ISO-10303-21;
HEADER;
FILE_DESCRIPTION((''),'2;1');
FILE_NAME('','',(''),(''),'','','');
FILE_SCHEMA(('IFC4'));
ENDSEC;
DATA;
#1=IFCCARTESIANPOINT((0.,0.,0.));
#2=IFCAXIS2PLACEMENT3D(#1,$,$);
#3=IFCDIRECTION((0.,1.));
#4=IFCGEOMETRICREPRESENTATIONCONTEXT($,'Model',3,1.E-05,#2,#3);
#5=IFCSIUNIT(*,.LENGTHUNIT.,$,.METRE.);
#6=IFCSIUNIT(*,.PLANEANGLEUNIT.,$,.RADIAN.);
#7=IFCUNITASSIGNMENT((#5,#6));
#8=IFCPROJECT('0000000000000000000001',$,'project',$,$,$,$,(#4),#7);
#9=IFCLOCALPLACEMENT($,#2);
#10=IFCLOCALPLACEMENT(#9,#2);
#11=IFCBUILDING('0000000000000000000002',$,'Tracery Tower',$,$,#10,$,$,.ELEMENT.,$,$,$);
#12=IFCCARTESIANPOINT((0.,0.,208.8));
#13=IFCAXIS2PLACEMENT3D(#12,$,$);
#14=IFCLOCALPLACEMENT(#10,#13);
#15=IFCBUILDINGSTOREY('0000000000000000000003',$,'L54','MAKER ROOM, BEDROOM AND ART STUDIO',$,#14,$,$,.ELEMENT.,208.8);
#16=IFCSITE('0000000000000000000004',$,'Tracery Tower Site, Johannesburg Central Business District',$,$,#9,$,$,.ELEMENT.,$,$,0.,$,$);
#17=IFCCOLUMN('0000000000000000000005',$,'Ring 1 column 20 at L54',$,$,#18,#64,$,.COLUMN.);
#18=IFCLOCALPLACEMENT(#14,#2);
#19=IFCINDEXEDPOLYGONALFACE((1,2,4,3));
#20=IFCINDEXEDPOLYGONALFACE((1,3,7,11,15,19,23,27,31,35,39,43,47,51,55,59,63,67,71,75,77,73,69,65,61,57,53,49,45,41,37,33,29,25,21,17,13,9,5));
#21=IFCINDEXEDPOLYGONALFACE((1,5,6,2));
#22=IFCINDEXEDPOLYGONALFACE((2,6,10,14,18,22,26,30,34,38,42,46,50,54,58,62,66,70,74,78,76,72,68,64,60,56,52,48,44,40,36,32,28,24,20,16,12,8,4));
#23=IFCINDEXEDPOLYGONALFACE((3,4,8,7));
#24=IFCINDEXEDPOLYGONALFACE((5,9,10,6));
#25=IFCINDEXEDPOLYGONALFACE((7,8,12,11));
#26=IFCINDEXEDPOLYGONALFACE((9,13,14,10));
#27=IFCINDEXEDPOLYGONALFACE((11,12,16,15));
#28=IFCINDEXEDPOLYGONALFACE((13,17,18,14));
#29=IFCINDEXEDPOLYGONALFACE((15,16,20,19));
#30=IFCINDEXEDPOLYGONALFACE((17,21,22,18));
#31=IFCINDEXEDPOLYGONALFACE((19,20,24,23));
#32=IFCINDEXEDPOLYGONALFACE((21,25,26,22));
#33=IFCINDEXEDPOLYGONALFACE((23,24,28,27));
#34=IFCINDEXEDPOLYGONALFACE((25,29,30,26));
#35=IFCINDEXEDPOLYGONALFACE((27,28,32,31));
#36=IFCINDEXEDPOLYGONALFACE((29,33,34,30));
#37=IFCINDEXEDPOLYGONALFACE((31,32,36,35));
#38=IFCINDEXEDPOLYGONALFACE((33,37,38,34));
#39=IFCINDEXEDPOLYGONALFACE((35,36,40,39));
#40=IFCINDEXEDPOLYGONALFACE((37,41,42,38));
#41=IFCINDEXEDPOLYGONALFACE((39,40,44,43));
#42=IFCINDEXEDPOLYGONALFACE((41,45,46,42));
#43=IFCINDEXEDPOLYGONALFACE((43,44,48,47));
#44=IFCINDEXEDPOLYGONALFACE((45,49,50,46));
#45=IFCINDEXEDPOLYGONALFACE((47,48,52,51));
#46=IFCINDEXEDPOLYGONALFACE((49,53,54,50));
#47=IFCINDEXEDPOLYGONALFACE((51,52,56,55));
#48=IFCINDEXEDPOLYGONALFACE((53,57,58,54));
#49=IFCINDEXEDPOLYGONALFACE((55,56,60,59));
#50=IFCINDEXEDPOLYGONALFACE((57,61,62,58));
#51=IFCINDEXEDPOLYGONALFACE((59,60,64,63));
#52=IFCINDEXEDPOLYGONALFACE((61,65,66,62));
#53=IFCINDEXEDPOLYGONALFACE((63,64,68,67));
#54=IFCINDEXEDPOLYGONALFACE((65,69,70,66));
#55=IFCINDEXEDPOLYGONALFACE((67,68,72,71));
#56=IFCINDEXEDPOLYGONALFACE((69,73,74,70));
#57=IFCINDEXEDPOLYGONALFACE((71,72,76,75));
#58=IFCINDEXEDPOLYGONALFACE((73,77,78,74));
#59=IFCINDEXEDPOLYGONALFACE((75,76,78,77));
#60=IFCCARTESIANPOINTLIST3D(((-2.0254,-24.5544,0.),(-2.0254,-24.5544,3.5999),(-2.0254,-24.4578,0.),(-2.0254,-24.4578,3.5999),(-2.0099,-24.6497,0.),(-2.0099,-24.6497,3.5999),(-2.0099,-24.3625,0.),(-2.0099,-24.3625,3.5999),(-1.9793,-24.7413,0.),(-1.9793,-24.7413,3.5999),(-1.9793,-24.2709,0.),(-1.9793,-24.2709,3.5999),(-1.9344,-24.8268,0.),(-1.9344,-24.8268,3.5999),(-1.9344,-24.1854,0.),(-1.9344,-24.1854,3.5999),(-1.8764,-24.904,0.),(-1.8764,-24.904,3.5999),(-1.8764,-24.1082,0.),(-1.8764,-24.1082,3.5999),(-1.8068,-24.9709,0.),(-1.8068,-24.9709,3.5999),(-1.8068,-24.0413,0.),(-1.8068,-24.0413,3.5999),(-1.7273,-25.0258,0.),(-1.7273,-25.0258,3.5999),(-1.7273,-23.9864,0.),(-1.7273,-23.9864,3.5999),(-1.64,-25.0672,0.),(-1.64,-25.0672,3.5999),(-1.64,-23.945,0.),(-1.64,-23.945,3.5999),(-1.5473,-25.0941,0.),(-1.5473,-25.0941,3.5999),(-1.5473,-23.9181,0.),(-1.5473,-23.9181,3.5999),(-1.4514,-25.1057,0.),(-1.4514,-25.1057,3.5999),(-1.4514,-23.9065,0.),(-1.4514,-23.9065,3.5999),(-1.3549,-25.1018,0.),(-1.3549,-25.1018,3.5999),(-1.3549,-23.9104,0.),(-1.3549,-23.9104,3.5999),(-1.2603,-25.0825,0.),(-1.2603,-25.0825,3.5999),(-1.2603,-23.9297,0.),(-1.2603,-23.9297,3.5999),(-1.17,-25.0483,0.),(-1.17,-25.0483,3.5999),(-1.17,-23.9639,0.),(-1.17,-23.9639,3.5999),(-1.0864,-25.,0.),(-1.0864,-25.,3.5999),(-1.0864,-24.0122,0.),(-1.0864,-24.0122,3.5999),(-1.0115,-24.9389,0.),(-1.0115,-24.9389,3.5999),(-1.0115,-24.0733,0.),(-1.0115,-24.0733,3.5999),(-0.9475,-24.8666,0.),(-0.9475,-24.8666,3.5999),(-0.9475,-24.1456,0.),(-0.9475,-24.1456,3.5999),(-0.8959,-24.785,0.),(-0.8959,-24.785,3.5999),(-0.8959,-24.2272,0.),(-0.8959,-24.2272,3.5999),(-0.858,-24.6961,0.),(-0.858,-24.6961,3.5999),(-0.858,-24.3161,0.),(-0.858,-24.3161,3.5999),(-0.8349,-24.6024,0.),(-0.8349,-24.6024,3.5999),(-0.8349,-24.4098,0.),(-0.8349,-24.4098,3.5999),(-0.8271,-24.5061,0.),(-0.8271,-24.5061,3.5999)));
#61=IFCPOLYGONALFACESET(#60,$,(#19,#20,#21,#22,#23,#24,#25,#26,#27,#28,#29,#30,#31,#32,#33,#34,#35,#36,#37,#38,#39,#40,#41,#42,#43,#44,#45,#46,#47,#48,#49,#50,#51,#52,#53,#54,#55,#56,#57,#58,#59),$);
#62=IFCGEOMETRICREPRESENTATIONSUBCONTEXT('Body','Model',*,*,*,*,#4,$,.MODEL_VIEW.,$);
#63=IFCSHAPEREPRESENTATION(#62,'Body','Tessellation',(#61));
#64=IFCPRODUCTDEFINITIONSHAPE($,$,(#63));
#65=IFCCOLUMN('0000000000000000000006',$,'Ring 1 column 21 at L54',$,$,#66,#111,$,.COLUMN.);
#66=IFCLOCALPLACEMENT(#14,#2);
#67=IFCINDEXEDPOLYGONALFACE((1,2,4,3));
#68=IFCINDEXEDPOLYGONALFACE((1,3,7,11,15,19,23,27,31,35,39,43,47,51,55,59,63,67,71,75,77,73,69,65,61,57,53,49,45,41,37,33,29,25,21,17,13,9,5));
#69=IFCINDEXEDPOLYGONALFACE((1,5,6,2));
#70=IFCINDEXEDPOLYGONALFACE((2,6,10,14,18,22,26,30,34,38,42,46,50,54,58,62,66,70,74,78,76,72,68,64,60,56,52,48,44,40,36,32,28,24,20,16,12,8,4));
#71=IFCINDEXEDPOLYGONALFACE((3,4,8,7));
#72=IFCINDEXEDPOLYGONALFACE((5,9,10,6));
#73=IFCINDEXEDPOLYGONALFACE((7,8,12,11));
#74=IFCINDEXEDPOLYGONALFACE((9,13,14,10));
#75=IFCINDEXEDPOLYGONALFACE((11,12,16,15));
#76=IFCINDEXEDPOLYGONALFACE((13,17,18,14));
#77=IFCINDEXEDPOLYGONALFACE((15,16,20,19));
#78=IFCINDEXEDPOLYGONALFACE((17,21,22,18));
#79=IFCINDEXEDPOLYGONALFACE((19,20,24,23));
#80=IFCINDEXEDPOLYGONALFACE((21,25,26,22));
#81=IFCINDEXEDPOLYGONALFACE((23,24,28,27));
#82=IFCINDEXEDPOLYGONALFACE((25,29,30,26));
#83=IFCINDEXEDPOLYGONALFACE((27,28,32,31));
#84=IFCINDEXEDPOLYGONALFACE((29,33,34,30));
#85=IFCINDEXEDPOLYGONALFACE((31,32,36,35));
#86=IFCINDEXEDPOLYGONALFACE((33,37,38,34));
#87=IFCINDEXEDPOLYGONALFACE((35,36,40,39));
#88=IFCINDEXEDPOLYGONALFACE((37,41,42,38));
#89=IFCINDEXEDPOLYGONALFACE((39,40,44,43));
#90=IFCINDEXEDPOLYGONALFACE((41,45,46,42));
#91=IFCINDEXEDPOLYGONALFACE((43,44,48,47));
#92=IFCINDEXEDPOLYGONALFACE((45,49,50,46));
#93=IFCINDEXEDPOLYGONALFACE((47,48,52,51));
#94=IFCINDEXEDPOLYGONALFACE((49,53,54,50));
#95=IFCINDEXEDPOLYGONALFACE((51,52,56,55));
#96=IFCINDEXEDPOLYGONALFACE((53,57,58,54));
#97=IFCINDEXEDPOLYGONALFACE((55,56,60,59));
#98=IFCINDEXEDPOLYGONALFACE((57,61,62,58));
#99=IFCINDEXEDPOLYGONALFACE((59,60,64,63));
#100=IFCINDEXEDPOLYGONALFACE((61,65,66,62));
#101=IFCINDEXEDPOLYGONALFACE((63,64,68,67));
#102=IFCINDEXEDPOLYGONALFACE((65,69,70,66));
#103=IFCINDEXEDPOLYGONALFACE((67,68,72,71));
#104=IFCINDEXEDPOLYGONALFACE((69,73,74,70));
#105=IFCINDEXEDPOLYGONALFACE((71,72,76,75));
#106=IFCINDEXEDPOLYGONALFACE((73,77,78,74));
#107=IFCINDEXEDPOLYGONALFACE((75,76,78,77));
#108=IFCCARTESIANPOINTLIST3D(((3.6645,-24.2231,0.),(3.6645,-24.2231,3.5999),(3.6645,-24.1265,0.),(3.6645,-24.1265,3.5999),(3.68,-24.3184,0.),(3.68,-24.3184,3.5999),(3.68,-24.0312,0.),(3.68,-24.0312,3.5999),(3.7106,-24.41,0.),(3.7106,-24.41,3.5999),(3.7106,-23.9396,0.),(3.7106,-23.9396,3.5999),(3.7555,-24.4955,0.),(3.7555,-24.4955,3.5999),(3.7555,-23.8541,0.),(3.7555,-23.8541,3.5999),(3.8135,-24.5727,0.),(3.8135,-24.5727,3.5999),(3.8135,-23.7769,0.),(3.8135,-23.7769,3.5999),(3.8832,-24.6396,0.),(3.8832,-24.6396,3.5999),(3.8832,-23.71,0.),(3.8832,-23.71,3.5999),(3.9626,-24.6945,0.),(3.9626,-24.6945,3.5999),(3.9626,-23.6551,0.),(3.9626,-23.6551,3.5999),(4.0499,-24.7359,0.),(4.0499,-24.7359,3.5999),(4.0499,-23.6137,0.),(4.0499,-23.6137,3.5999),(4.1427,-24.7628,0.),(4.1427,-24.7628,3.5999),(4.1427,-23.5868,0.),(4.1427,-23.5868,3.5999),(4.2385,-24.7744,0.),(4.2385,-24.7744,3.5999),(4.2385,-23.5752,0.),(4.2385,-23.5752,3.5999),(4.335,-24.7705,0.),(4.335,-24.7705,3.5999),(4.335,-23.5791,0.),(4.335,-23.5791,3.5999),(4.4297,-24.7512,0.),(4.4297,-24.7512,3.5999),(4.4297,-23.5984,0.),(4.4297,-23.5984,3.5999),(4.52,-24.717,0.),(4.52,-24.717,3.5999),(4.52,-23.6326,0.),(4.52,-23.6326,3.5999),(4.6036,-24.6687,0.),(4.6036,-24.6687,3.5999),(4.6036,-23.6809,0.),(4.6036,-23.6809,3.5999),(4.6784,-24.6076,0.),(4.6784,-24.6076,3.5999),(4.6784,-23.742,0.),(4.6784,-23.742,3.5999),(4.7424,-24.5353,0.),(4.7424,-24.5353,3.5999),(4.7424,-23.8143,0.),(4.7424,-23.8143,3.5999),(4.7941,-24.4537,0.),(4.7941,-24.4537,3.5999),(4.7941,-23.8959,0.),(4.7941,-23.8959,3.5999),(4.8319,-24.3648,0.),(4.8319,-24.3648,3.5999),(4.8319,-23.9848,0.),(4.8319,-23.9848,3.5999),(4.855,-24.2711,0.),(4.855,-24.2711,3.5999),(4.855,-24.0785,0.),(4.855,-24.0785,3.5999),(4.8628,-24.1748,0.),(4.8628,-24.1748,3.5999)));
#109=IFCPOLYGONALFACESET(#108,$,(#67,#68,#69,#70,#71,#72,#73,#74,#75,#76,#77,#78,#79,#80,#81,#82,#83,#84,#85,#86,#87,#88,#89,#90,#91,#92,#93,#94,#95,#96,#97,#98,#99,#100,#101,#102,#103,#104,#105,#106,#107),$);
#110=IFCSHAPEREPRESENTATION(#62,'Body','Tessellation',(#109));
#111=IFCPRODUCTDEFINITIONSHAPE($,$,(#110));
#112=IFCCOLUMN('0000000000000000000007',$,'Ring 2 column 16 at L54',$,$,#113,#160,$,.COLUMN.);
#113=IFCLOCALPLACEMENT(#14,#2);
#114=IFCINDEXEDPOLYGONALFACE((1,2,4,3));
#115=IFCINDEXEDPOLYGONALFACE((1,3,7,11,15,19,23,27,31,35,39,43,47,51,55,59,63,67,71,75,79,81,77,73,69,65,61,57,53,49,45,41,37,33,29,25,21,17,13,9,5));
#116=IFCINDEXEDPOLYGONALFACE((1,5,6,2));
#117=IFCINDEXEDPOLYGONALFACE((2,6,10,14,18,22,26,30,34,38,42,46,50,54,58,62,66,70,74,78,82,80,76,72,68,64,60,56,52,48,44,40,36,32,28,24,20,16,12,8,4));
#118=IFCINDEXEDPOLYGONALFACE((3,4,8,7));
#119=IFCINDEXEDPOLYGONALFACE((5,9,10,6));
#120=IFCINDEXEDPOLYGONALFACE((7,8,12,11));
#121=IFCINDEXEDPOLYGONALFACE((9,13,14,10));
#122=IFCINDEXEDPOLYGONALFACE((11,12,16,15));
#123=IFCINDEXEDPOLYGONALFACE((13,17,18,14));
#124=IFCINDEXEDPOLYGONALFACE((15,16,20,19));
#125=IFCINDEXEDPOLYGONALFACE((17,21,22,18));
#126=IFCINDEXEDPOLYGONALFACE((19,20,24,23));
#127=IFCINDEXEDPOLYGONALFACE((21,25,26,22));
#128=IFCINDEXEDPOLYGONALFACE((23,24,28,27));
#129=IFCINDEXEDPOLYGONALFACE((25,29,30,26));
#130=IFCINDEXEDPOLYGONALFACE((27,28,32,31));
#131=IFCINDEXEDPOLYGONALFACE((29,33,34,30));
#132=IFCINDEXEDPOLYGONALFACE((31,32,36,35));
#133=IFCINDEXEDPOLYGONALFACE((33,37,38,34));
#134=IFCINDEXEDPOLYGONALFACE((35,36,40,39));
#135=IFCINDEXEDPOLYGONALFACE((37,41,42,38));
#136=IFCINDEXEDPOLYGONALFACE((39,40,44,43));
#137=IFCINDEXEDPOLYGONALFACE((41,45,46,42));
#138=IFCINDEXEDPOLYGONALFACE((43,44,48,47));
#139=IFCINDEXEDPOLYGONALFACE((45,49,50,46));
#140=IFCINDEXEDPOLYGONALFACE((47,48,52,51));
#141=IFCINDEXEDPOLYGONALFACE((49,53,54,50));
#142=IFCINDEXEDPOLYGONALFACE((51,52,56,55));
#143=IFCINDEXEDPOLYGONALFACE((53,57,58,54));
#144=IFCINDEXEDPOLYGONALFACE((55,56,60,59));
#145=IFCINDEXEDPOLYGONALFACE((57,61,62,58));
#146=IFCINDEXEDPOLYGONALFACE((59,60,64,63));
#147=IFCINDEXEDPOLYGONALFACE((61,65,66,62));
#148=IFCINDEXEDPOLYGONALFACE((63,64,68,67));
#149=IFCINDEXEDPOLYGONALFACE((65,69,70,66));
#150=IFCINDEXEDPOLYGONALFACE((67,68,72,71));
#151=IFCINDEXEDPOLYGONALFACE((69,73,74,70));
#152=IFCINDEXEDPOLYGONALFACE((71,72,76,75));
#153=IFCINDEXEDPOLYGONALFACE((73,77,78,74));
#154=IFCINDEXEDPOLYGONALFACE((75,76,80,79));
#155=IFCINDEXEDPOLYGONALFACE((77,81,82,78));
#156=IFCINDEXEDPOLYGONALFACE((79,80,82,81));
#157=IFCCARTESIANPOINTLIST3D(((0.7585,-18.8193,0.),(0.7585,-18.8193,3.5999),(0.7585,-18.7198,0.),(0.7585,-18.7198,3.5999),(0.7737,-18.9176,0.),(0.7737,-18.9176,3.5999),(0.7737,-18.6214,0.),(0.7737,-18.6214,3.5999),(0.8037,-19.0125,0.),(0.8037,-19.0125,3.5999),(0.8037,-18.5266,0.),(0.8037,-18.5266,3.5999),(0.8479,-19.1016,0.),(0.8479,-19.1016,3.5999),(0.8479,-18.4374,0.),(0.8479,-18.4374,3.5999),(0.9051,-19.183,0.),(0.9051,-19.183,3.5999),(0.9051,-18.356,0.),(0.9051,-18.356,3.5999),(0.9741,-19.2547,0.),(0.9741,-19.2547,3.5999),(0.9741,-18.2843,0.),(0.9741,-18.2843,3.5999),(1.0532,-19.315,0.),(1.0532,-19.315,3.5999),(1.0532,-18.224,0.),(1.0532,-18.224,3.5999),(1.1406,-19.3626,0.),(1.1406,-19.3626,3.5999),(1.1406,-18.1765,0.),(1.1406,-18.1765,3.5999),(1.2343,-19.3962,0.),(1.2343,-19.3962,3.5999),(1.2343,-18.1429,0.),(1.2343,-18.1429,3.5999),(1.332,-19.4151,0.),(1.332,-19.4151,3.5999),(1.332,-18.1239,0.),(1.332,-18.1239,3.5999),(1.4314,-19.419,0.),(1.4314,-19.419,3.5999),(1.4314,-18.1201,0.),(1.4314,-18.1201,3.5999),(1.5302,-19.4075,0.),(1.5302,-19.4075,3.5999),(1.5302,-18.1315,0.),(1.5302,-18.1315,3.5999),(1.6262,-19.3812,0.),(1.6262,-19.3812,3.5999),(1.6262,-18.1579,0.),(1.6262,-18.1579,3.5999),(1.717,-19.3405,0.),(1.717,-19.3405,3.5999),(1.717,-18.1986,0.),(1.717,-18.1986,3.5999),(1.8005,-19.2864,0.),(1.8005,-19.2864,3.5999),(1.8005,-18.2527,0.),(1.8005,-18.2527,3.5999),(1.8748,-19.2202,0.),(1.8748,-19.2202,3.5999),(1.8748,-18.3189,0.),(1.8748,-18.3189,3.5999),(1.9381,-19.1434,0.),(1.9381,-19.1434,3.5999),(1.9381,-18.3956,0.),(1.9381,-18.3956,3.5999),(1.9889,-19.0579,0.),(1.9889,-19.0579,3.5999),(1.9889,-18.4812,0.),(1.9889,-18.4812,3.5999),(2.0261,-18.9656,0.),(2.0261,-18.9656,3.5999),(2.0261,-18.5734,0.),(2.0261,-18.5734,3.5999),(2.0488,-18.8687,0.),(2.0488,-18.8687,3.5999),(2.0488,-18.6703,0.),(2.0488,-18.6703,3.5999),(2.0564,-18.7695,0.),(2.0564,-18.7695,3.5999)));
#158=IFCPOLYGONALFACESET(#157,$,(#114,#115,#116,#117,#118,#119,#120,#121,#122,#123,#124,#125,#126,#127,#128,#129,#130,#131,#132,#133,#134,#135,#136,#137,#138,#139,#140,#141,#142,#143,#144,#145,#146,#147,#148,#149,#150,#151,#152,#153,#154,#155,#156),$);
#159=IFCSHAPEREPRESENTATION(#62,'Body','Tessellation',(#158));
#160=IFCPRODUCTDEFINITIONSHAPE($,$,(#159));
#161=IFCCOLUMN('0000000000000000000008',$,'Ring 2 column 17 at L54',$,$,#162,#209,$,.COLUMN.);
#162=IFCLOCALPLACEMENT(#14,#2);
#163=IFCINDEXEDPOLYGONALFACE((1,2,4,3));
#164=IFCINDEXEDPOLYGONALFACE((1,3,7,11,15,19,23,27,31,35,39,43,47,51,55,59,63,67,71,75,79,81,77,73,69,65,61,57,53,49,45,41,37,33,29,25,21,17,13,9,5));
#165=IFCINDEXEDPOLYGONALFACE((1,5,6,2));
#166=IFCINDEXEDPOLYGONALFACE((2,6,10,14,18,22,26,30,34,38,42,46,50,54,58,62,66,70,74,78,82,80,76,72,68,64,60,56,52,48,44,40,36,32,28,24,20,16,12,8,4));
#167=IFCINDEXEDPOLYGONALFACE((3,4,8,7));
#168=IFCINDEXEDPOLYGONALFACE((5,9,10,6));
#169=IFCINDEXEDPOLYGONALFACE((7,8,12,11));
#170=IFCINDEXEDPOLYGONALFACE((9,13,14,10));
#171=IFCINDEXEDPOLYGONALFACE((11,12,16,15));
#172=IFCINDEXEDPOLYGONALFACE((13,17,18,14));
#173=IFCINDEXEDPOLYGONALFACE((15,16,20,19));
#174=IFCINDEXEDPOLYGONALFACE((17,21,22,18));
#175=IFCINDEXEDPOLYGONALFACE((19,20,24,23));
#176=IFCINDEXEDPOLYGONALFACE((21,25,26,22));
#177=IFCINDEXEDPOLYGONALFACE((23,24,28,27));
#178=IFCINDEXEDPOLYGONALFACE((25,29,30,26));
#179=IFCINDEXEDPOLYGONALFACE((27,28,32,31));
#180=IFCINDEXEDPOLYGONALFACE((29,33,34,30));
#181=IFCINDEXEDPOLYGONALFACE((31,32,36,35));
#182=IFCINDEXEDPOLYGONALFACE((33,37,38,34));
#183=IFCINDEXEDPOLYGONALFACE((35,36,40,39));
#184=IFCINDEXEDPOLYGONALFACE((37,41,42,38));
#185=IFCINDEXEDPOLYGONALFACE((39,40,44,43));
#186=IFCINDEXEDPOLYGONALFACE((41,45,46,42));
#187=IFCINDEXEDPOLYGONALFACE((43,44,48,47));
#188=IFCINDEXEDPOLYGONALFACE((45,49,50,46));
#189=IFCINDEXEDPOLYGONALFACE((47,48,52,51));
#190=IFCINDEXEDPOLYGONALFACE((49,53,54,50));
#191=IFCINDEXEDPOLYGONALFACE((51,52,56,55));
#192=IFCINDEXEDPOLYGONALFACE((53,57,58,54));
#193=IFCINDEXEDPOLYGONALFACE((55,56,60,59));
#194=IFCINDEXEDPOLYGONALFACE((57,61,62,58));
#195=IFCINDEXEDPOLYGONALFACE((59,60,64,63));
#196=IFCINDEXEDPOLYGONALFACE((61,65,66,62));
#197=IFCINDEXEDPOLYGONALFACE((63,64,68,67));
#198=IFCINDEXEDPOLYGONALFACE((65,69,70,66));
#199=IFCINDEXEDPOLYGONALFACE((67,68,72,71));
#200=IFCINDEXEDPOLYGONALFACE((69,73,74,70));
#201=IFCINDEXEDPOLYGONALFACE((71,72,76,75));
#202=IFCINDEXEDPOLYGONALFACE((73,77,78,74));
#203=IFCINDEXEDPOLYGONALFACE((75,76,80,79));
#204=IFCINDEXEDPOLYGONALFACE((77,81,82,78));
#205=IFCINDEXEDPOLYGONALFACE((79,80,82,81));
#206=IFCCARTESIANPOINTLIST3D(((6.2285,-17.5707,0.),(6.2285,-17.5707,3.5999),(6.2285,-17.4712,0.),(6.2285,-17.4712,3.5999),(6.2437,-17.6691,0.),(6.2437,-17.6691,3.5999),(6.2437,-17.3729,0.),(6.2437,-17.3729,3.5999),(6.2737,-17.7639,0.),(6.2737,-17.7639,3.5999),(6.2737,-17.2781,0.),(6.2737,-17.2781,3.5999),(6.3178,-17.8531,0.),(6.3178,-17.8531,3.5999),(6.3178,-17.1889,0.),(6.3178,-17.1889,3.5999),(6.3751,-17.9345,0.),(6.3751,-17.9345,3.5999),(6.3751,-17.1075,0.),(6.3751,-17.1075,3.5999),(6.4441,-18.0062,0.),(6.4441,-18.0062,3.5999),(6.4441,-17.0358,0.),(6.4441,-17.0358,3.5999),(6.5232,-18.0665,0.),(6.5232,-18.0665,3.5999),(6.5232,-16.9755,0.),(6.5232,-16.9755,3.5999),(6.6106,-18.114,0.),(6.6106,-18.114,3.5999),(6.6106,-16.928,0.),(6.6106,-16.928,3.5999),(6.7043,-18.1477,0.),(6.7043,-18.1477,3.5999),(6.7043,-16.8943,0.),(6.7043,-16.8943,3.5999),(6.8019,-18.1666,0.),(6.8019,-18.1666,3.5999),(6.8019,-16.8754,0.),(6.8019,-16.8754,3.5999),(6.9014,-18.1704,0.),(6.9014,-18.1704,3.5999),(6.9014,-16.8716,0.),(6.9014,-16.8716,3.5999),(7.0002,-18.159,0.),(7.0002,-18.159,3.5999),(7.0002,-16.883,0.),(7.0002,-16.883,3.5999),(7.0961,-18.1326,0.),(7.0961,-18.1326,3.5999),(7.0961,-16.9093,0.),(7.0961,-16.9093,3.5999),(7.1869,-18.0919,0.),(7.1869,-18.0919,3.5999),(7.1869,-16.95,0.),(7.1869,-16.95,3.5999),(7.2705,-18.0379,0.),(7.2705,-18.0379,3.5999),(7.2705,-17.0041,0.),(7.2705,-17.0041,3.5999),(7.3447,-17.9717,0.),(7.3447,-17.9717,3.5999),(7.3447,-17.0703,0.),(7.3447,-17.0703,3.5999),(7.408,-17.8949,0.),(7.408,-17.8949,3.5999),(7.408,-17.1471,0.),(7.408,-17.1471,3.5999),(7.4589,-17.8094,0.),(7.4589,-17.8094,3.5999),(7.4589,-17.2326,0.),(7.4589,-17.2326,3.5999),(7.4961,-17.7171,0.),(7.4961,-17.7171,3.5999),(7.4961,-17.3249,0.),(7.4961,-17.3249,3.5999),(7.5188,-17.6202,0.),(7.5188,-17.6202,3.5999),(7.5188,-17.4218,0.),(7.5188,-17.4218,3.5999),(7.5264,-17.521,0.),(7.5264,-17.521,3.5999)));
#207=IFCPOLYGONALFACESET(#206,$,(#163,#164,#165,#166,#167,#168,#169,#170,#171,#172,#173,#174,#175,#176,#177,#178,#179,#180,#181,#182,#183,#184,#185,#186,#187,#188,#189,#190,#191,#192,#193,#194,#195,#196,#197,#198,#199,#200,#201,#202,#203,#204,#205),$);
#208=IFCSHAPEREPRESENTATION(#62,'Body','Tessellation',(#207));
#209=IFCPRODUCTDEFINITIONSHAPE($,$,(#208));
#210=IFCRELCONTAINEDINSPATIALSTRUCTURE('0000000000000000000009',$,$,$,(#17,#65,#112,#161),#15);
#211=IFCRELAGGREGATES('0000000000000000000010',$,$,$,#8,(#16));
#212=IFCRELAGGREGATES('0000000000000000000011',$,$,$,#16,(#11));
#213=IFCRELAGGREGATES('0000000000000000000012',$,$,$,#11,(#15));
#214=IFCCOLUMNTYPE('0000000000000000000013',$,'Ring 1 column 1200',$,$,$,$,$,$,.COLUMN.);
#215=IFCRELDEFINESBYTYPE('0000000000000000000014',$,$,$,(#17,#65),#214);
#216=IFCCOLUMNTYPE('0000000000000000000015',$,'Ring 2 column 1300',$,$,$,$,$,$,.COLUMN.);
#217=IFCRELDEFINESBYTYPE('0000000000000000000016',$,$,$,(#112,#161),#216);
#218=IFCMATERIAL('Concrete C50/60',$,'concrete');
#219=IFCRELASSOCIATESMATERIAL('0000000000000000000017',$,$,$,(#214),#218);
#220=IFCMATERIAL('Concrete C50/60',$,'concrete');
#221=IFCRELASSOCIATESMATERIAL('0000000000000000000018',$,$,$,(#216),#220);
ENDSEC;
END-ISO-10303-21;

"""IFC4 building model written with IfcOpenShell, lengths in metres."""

from ifc_helpers import new_model, si_unit, direction, frame, origin, origin_2d, place, context, subcontext, project, spatial, circle, extrude, material, material_profile, profile_set, type_object, element, save


model = new_model("IFC4")

# Units and contexts
model_context = context("Model", 3, precision=1e-05, world=origin(), true_north=direction((0.0, 1.0)))
body_context = subcontext(model_context, "Body", "Model", "MODEL_VIEW")
ifc_project = project(units=[si_unit("LENGTHUNIT", "METRE"), si_unit("PLANEANGLEUNIT", "RADIAN")], contexts=[model_context])

# Site, building, storey
site_placement = place(None, origin())
site = spatial("IfcSite", under=ifc_project, at=site_placement, Name="Tracery Tower Site, Johannesburg Central Business District", CompositionType="ELEMENT", RefElevation=0.0)
building_placement = place(site_placement, origin())
building = spatial("IfcBuilding", under=site, at=building_placement, Name="Tracery Tower", CompositionType="ELEMENT")
storey_placement = place(building_placement, frame((0.0, 0.0, 208.8)))
storey = spatial("IfcBuildingStorey", under=building, at=storey_placement, Name="L54", Description="MAKER ROOM, BEDROOM AND ART STUDIO", CompositionType="ELEMENT", Elevation=208.8)

# Columns
ifc_material_1 = material(Name="Concrete C50/60", Category="concrete")
ifc_material_profile_1 = material_profile(ifc_material_1, circle(Radius=0.6001, at=origin_2d()), Name="RC D1200")
ifc_profile_set_1 = profile_set([ifc_material_profile_1], Name="Concrete C50/60")
column_type_1 = type_object("IfcColumnType", Name="Ring 1 column 1200", PredefinedType="COLUMN", material=ifc_profile_set_1)
for number, where, z_axis, x_axis, name in (
    (1, (-1.4272, -24.5061, 0.0), (0.0, 0.0, 1.0), (1.0, 0.0, 0.0), "Ring 1 column 20 at L54"),
    (2, (4.2627, -24.1748, 0.0), (0.0, 0.0, 1.0), (1.0, 0.0, 0.0), "Ring 1 column 21 at L54"),
):
    element("IfcColumn", number, at=place(storey_placement, frame(where, z_axis=z_axis, x_axis=x_axis)), inside=storey, type_object=column_type_1, Name=name, PredefinedType="COLUMN", context=body_context, shape_type="SweptSolid", body=[
        extrude(circle(Radius=0.6001, at=origin_2d()), origin(), (0.0, 0.0, 1.0), 3.5999),
    ])
ifc_material_2 = material(Name="Concrete C50/60", Category="concrete")
ifc_material_profile_2 = material_profile(ifc_material_2, circle(Radius=0.6499, at=origin_2d()), Name="RC D1300")
ifc_profile_set_2 = profile_set([ifc_material_profile_2], Name="Concrete C50/60")
column_type_2 = type_object("IfcColumnType", Name="Ring 2 column 1300", PredefinedType="COLUMN", material=ifc_profile_set_2)
for number, where, z_axis, x_axis, name in (
    (3, (1.4065, -18.7695, 0.0), (0.0, 0.0, 1.0), (1.0, 0.0, 0.0), "Ring 2 column 16 at L54"),
    (4, (6.8765, -17.521, 0.0), (0.0, 0.0, 1.0), (1.0, 0.0, 0.0), "Ring 2 column 17 at L54"),
):
    element("IfcColumn", number, at=place(storey_placement, frame(where, z_axis=z_axis, x_axis=x_axis)), inside=storey, type_object=column_type_2, Name=name, PredefinedType="COLUMN", context=body_context, shape_type="SweptSolid", body=[
        extrude(circle(Radius=0.6499, at=origin_2d()), origin(), (0.0, 0.0, 1.0), 3.5999),
    ])

save(model, "model.ifc")
